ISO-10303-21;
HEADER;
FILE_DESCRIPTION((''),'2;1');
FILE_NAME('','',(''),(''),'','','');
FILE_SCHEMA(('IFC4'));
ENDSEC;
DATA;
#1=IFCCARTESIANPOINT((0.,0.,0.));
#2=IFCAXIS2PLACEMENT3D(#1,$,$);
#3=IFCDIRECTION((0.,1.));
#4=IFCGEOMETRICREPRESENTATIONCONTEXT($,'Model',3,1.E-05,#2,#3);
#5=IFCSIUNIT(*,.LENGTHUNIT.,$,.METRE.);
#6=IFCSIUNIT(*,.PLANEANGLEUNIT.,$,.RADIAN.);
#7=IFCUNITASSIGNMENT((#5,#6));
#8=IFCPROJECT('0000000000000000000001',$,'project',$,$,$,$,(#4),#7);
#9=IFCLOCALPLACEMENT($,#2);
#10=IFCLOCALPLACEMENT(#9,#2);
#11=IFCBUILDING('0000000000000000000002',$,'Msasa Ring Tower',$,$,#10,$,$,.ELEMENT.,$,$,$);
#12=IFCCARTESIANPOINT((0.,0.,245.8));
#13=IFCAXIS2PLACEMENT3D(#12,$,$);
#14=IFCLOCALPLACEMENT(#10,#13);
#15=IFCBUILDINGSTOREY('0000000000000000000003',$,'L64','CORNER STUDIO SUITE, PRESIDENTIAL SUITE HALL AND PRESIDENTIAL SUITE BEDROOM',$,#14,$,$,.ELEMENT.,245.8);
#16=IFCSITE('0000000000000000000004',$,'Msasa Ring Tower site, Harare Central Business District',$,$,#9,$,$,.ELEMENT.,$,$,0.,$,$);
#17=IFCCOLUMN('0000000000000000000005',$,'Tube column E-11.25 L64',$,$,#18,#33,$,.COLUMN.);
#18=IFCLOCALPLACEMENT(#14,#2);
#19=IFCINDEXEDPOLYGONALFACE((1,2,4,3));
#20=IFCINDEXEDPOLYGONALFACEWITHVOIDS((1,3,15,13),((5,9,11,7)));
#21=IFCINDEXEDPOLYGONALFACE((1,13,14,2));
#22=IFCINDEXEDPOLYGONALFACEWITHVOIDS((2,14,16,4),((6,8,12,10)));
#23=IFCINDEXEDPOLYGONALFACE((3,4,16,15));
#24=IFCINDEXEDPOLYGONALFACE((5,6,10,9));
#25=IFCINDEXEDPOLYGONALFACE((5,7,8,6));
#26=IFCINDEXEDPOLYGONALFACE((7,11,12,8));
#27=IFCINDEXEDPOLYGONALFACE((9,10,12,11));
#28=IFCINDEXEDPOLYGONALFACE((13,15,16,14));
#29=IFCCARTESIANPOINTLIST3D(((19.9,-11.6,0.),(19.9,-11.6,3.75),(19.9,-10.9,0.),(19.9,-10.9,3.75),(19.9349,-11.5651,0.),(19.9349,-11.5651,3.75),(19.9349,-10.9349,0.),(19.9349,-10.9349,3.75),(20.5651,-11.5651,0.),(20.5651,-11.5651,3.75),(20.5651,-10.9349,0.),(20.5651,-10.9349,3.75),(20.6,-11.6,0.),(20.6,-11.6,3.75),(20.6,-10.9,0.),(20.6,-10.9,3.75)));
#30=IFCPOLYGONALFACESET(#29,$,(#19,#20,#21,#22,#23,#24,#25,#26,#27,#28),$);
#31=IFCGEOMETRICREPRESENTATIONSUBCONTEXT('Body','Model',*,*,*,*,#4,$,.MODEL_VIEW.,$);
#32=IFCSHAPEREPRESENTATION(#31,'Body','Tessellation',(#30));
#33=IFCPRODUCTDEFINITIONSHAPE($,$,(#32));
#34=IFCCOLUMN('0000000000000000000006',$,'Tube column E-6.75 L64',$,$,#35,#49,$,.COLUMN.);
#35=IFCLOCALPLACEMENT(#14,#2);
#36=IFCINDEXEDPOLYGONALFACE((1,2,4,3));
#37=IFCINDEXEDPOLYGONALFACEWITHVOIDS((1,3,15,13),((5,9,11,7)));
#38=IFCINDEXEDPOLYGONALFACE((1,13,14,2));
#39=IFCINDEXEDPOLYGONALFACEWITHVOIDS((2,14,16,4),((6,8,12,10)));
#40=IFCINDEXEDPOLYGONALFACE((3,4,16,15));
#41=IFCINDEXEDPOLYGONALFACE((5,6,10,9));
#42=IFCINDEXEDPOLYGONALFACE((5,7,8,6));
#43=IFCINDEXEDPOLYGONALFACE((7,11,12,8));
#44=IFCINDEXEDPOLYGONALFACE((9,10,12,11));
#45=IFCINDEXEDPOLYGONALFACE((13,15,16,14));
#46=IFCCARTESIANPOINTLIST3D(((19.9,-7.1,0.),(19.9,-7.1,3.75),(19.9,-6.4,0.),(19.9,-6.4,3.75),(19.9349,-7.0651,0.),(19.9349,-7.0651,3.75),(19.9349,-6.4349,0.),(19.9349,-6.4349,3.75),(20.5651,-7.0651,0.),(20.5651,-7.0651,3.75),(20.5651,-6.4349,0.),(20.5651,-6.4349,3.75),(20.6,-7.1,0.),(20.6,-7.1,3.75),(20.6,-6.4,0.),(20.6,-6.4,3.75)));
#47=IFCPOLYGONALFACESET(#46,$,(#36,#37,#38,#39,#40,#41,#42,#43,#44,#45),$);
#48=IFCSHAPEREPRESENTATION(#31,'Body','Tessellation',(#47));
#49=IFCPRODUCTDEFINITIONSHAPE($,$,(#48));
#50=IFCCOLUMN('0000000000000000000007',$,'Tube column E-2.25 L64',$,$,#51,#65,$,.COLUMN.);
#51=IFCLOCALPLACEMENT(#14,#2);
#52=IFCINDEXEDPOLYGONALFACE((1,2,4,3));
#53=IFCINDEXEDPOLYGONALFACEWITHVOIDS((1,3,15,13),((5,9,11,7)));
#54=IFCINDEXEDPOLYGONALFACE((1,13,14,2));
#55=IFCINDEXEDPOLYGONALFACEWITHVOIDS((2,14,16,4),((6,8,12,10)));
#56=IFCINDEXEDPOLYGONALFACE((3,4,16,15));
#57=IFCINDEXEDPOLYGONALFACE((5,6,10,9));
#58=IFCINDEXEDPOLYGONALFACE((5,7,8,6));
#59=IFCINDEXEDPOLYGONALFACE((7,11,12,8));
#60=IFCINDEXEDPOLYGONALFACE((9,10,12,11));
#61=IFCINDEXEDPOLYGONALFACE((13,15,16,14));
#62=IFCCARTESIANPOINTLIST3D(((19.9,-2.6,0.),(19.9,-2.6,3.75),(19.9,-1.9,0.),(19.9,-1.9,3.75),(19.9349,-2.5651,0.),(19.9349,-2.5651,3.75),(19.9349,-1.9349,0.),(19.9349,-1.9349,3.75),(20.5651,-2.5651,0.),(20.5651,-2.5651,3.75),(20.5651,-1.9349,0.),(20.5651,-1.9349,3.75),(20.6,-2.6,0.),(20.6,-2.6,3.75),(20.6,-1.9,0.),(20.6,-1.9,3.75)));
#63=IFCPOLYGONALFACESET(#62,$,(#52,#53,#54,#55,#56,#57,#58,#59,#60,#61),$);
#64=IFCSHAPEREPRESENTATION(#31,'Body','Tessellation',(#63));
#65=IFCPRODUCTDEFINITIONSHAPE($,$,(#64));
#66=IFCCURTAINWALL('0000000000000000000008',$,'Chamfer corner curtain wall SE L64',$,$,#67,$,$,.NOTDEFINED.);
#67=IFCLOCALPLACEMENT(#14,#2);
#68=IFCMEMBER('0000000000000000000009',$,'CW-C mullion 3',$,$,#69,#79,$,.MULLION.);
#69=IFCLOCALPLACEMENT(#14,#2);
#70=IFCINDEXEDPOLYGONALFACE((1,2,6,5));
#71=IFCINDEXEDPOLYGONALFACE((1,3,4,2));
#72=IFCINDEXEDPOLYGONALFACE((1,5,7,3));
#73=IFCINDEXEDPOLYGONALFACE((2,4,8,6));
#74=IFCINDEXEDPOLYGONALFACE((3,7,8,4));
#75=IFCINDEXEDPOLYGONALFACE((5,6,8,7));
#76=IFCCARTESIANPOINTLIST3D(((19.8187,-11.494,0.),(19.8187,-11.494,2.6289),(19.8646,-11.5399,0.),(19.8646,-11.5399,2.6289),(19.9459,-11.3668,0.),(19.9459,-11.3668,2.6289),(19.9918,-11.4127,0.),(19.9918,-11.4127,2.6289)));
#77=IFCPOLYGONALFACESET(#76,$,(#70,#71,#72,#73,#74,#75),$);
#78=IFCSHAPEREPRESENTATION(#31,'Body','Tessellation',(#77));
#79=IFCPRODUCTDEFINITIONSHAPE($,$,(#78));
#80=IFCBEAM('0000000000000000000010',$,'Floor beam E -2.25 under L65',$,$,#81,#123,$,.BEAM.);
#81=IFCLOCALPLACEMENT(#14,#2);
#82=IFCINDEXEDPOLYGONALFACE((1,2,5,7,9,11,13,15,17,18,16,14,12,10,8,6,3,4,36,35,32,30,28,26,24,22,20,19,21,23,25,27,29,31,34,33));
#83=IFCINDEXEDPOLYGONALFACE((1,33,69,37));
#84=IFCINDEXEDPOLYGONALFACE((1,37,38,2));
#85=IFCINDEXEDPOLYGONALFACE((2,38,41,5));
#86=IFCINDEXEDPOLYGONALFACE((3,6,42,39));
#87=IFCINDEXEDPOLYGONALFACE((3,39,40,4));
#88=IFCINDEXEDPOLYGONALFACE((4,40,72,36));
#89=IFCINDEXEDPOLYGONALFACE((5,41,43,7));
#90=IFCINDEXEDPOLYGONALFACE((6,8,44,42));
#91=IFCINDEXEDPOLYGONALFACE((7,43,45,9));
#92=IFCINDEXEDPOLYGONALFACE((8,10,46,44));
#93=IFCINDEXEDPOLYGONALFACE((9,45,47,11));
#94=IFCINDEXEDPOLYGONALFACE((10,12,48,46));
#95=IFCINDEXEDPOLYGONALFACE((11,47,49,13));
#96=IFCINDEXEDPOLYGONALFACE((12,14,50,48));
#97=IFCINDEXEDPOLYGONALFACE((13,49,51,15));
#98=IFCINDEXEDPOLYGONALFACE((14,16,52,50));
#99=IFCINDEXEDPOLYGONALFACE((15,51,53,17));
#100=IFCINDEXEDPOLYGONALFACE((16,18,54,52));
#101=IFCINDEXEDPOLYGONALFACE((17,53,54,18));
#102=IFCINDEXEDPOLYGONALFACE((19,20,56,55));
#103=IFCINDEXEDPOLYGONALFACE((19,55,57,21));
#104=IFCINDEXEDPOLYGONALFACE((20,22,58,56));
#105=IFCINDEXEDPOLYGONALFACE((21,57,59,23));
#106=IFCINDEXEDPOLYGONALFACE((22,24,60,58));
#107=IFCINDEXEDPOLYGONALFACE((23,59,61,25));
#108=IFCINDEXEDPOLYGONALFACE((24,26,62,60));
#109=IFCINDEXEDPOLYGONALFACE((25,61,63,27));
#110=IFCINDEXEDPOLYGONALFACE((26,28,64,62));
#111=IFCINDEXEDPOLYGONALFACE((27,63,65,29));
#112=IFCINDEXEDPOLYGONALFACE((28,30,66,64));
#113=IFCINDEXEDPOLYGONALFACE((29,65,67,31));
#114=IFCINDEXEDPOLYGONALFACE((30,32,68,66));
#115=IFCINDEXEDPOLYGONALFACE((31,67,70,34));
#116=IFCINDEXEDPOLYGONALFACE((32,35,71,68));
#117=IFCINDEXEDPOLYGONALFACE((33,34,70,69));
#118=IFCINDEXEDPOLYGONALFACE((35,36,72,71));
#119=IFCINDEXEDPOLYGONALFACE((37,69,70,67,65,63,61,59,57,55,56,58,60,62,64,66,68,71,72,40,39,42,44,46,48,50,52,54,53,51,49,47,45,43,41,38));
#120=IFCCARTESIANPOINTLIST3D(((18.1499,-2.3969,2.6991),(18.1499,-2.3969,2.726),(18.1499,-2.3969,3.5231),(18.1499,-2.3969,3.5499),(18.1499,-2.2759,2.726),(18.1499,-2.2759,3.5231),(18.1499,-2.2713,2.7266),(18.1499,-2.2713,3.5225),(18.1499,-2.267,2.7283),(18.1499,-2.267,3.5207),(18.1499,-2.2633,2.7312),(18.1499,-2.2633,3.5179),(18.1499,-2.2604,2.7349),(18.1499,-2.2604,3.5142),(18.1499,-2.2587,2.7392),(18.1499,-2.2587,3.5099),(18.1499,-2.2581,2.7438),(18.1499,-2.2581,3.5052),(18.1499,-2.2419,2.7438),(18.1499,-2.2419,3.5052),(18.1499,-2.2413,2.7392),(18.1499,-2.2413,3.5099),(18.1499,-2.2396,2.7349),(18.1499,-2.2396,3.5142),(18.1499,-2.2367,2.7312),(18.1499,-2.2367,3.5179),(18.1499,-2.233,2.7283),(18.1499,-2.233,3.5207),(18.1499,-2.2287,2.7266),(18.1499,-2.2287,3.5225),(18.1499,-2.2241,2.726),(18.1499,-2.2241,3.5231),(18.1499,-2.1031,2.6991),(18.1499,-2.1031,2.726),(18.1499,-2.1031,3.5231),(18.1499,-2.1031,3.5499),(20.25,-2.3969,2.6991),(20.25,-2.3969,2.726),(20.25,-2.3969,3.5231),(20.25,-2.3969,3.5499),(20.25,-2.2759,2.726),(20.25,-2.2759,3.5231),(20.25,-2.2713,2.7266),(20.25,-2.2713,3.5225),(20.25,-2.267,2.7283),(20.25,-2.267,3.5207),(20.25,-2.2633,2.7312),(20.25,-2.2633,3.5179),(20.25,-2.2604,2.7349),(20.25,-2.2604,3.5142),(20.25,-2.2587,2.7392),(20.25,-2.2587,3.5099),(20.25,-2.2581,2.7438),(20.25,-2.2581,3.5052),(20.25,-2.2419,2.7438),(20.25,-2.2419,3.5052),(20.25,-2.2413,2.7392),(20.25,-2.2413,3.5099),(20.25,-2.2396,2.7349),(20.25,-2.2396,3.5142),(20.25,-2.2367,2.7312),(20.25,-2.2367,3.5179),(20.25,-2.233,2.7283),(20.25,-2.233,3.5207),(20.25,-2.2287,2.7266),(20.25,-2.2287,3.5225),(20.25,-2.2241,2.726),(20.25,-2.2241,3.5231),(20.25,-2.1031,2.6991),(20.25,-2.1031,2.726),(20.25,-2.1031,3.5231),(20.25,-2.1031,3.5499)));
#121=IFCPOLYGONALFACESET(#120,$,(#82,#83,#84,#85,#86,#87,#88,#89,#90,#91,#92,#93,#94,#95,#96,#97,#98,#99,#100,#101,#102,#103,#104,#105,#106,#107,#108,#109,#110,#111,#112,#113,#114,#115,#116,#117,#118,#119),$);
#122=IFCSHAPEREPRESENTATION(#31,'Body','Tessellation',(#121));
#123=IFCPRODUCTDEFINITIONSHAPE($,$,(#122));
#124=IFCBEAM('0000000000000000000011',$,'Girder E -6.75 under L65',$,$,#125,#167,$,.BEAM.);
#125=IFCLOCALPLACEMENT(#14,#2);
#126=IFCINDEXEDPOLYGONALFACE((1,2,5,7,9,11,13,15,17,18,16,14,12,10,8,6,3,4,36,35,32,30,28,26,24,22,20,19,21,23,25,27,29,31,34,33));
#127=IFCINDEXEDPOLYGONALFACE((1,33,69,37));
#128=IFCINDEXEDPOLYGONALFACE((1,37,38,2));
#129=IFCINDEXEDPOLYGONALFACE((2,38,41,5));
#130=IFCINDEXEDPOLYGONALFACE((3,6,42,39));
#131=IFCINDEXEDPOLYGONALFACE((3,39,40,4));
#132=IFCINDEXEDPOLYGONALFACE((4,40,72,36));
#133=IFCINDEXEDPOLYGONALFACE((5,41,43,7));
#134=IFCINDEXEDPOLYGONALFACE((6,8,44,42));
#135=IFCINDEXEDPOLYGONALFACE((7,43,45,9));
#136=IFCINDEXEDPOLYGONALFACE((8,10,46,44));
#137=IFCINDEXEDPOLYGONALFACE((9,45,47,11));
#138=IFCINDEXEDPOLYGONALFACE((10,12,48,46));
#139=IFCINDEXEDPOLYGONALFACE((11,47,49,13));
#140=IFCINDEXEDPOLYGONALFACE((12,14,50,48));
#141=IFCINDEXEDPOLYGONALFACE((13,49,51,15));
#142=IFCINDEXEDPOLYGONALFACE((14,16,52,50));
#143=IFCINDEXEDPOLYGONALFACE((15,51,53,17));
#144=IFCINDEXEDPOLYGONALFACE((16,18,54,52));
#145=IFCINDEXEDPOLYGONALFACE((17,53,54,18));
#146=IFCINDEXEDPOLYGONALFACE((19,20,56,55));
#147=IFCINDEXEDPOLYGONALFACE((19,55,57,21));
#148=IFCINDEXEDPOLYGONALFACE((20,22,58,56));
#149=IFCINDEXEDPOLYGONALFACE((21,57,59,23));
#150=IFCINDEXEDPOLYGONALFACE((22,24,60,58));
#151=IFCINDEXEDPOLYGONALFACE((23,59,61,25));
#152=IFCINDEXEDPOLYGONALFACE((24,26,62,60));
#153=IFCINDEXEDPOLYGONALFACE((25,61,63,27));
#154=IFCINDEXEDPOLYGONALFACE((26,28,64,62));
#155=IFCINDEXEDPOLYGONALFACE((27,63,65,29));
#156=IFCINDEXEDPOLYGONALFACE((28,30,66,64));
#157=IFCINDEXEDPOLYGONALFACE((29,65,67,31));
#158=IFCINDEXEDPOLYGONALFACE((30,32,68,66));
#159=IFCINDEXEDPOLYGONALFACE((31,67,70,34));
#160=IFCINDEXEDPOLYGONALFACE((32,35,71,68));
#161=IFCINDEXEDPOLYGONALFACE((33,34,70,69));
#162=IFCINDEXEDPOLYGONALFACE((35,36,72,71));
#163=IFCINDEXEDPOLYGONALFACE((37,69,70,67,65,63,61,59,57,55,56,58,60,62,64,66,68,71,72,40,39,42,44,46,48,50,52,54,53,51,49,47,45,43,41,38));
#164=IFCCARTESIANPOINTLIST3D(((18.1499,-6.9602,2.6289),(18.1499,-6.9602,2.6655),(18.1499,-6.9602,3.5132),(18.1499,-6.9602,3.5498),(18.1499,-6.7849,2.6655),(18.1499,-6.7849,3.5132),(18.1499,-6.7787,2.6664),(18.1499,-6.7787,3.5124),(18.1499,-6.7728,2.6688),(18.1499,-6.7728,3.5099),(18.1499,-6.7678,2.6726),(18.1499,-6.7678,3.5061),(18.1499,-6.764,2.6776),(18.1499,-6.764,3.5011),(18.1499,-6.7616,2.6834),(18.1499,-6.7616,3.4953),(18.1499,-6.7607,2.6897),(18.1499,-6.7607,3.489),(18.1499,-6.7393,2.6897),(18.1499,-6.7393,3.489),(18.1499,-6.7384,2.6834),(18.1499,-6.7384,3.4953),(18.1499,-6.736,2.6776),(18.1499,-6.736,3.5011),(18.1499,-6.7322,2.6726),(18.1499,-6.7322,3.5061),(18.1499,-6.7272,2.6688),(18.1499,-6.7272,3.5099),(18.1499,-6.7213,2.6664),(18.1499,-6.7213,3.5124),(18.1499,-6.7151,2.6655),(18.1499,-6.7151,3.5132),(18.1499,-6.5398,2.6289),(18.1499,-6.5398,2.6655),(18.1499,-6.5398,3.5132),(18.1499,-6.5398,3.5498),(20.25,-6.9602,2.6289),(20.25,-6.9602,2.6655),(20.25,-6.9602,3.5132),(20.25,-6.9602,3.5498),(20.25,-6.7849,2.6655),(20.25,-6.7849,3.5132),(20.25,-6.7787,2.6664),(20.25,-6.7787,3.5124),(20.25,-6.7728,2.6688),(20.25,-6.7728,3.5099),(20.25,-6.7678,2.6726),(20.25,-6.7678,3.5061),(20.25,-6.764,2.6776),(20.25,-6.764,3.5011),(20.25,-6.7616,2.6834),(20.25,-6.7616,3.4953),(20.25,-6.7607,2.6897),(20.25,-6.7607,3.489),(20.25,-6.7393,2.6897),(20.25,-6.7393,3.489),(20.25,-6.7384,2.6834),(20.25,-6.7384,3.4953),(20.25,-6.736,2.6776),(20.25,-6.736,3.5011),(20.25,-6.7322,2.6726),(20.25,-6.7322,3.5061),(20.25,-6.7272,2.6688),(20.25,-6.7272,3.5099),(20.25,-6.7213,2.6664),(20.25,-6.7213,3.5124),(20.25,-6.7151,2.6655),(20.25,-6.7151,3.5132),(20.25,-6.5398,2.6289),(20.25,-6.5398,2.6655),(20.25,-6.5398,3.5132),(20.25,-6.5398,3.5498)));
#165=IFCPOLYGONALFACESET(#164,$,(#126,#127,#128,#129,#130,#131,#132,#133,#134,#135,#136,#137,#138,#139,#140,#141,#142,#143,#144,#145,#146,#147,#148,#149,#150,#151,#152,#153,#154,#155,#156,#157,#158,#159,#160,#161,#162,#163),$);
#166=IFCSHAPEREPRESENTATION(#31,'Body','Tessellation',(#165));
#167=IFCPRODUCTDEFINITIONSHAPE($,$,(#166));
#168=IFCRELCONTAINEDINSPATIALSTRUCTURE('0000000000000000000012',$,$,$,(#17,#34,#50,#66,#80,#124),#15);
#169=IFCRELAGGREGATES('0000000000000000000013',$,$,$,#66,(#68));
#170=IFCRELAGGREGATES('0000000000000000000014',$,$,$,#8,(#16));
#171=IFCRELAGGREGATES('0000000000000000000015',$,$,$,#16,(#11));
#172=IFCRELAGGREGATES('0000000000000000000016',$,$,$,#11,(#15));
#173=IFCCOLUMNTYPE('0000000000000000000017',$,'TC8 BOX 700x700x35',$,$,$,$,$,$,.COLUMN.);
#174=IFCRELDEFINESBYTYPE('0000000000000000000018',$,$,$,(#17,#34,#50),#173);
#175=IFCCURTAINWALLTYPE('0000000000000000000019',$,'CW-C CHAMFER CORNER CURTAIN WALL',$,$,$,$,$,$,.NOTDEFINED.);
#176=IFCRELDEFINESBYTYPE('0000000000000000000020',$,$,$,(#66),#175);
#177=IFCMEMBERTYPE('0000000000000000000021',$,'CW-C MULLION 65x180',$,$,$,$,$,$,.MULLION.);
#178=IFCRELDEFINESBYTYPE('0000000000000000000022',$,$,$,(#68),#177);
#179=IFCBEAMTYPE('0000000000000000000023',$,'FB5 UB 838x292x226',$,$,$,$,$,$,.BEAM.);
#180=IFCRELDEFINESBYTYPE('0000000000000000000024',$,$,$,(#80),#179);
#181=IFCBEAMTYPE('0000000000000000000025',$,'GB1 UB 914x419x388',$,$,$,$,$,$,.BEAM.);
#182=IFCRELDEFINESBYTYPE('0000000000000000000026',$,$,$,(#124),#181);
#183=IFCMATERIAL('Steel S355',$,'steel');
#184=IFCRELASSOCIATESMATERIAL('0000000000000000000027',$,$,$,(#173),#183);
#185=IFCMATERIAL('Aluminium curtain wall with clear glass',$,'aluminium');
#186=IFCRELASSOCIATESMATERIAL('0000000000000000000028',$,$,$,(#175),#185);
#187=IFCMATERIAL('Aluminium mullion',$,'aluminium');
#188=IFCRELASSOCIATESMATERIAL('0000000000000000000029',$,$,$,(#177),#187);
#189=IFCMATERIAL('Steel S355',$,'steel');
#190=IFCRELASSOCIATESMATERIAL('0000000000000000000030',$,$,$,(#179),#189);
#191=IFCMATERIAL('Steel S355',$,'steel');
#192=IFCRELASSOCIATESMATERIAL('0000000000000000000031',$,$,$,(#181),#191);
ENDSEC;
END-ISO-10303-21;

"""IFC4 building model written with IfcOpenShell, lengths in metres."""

from ifc_helpers import new_model, si_unit, direction, frame, origin, origin_2d, place, context, subcontext, project, spatial, rectangle, hollow_rectangle, i_section, extrude, material, material_profile, profile_set, type_object, element, aggregate, save


model = new_model("IFC4")

# Units and contexts
model_context = context("Model", 3, precision=1e-05, world=origin(), true_north=direction((0.0, 1.0)))
body_context = subcontext(model_context, "Body", "Model", "MODEL_VIEW")
ifc_project = project(units=[si_unit("LENGTHUNIT", "METRE"), si_unit("PLANEANGLEUNIT", "RADIAN")], contexts=[model_context])

# Site, building, storey
site_placement = place(None, origin())
site = spatial("IfcSite", under=ifc_project, at=site_placement, Name="Msasa Ring Tower site, Harare Central Business District", CompositionType="ELEMENT", RefElevation=0.0)
building_placement = place(site_placement, origin())
building = spatial("IfcBuilding", under=site, at=building_placement, Name="Msasa Ring Tower", CompositionType="ELEMENT")
storey_placement = place(building_placement, frame((0.0, 0.0, 245.8)))
storey = spatial("IfcBuildingStorey", under=building, at=storey_placement, Name="L64", Description="CORNER STUDIO SUITE, PRESIDENTIAL SUITE HALL AND PRESIDENTIAL SUITE BEDROOM", CompositionType="ELEMENT", Elevation=245.8)

# Columns
ifc_material_1 = material(Name="Steel S355", Category="steel")
ifc_material_profile_1 = material_profile(ifc_material_1, hollow_rectangle(XDim=0.7, YDim=0.7, WallThickness=0.0349, at=origin_2d()), Name="BOX 700x700x35")
ifc_profile_set_1 = profile_set([ifc_material_profile_1], Name="Steel S355")
column_type = type_object("IfcColumnType", Name="TC8 BOX 700x700x35", PredefinedType="COLUMN", material=ifc_profile_set_1)
for number, where, z_axis, x_axis, name in (
    (1, (20.25, -11.25, 0.0), (0.0, 0.0, 1.0), (1.0, 0.0, 0.0), "Tube column E-11.25 L64"),
    (2, (20.25, -6.75, 0.0), (0.0, 0.0, 1.0), (1.0, 0.0, 0.0), "Tube column E-6.75 L64"),
    (3, (20.25, -2.25, 0.0), (0.0, 0.0, 1.0), (1.0, 0.0, 0.0), "Tube column E-2.25 L64"),
):
    element("IfcColumn", number, at=place(storey_placement, frame(where, z_axis=z_axis, x_axis=x_axis)), inside=storey, type_object=column_type, Name=name, PredefinedType="COLUMN", context=body_context, shape_type="SweptSolid", body=[
        extrude(hollow_rectangle(XDim=0.7, YDim=0.7, WallThickness=0.0349, at=origin_2d()), origin(), (0.0, 0.0, 1.0), 3.75),
    ])

# Curtain wall, member
ifc_material_2 = material(Name="Aluminium curtain wall with clear glass", Category="aluminium")
curtain_wall_type = type_object("IfcCurtainWallType", Name="CW-C CHAMFER CORNER CURTAIN WALL", PredefinedType="NOTDEFINED", material=ifc_material_2)
curtain_wall_placement = place(storey_placement, origin())
curtain_wall = element("IfcCurtainWall", 4, at=curtain_wall_placement, inside=storey, type_object=curtain_wall_type, Name="Chamfer corner curtain wall SE L64", PredefinedType="NOTDEFINED")
ifc_material_3 = material(Name="Aluminium mullion", Category="aluminium")
ifc_material_profile_2 = material_profile(ifc_material_3, rectangle(XDim=0.0649, YDim=0.1799, at=origin_2d()), Name="AL 65x180")
ifc_profile_set_2 = profile_set([ifc_material_profile_2], Name="Aluminium mullion")
member_type = type_object("IfcMemberType", Name="CW-C MULLION 65x180", PredefinedType="MULLION", material=ifc_profile_set_2)
member_placement = place(storey_placement, frame((19.9053, -11.4534, 0.0), z_axis=(0.0, 0.0, 1.0), x_axis=(-0.707107, 0.707107, 0.0)))
member = element("IfcMember", 5, at=member_placement, type_object=member_type, Name="CW-C mullion 3", PredefinedType="MULLION", context=body_context, shape_type="SweptSolid", body=[
    extrude(rectangle(XDim=0.0649, YDim=0.1799, at=origin_2d()), origin(), (0.0, 0.0, 1.0), 2.6289),
])
aggregate(curtain_wall, [member])

# Beams
ifc_material_4 = material(Name="Steel S355", Category="steel")
ifc_material_profile_3 = material_profile(ifc_material_4, i_section(OverallWidth=0.2937, OverallDepth=0.8508, WebThickness=0.0161, FlangeThickness=0.0269, FilletRadius=0.0178, at=origin_2d()), Name="UB 838x292x226")
ifc_profile_set_3 = profile_set([ifc_material_profile_3], Name="Steel S355")
beam_type_1 = type_object("IfcBeamType", Name="FB5 UB 838x292x226", PredefinedType="BEAM", material=ifc_profile_set_3)
beam_1_placement = place(storey_placement, frame((20.25, -2.25, 3.1245), z_axis=(-1.0, 0.0, 0.0), x_axis=(0.0, -1.0, 0.0)))
element("IfcBeam", 6, at=beam_1_placement, inside=storey, type_object=beam_type_1, Name="Floor beam E -2.25 under L65", PredefinedType="BEAM", context=body_context, shape_type="SweptSolid", body=[
    extrude(i_section(OverallWidth=0.2937, OverallDepth=0.8508, WebThickness=0.0161, FlangeThickness=0.0269, FilletRadius=0.0178, at=origin_2d()), origin(), (0.0, 0.0, 1.0), 2.1001),
])
ifc_material_5 = material(Name="Steel S355", Category="steel")
ifc_material_profile_4 = material_profile(ifc_material_5, i_section(OverallWidth=0.4204, OverallDepth=0.9209, WebThickness=0.0215, FlangeThickness=0.0366, FilletRadius=0.0242, at=origin_2d()), Name="UB 914x419x388")
ifc_profile_set_4 = profile_set([ifc_material_profile_4], Name="Steel S355")
beam_type_2 = type_object("IfcBeamType", Name="GB1 UB 914x419x388", PredefinedType="BEAM", material=ifc_profile_set_4)
beam_2_placement = place(storey_placement, frame((18.1499, -6.75, 3.0894), z_axis=(1.0, 0.0, 0.0), x_axis=(0.0, 1.0, 0.0)))
element("IfcBeam", 7, at=beam_2_placement, inside=storey, type_object=beam_type_2, Name="Girder E -6.75 under L65", PredefinedType="BEAM", context=body_context, shape_type="SweptSolid", body=[
    extrude(i_section(OverallWidth=0.4204, OverallDepth=0.9209, WebThickness=0.0215, FlangeThickness=0.0366, FilletRadius=0.0242, at=origin_2d()), origin(), (0.0, 0.0, 1.0), 2.1001),
])

save(model, "model.ifc")
